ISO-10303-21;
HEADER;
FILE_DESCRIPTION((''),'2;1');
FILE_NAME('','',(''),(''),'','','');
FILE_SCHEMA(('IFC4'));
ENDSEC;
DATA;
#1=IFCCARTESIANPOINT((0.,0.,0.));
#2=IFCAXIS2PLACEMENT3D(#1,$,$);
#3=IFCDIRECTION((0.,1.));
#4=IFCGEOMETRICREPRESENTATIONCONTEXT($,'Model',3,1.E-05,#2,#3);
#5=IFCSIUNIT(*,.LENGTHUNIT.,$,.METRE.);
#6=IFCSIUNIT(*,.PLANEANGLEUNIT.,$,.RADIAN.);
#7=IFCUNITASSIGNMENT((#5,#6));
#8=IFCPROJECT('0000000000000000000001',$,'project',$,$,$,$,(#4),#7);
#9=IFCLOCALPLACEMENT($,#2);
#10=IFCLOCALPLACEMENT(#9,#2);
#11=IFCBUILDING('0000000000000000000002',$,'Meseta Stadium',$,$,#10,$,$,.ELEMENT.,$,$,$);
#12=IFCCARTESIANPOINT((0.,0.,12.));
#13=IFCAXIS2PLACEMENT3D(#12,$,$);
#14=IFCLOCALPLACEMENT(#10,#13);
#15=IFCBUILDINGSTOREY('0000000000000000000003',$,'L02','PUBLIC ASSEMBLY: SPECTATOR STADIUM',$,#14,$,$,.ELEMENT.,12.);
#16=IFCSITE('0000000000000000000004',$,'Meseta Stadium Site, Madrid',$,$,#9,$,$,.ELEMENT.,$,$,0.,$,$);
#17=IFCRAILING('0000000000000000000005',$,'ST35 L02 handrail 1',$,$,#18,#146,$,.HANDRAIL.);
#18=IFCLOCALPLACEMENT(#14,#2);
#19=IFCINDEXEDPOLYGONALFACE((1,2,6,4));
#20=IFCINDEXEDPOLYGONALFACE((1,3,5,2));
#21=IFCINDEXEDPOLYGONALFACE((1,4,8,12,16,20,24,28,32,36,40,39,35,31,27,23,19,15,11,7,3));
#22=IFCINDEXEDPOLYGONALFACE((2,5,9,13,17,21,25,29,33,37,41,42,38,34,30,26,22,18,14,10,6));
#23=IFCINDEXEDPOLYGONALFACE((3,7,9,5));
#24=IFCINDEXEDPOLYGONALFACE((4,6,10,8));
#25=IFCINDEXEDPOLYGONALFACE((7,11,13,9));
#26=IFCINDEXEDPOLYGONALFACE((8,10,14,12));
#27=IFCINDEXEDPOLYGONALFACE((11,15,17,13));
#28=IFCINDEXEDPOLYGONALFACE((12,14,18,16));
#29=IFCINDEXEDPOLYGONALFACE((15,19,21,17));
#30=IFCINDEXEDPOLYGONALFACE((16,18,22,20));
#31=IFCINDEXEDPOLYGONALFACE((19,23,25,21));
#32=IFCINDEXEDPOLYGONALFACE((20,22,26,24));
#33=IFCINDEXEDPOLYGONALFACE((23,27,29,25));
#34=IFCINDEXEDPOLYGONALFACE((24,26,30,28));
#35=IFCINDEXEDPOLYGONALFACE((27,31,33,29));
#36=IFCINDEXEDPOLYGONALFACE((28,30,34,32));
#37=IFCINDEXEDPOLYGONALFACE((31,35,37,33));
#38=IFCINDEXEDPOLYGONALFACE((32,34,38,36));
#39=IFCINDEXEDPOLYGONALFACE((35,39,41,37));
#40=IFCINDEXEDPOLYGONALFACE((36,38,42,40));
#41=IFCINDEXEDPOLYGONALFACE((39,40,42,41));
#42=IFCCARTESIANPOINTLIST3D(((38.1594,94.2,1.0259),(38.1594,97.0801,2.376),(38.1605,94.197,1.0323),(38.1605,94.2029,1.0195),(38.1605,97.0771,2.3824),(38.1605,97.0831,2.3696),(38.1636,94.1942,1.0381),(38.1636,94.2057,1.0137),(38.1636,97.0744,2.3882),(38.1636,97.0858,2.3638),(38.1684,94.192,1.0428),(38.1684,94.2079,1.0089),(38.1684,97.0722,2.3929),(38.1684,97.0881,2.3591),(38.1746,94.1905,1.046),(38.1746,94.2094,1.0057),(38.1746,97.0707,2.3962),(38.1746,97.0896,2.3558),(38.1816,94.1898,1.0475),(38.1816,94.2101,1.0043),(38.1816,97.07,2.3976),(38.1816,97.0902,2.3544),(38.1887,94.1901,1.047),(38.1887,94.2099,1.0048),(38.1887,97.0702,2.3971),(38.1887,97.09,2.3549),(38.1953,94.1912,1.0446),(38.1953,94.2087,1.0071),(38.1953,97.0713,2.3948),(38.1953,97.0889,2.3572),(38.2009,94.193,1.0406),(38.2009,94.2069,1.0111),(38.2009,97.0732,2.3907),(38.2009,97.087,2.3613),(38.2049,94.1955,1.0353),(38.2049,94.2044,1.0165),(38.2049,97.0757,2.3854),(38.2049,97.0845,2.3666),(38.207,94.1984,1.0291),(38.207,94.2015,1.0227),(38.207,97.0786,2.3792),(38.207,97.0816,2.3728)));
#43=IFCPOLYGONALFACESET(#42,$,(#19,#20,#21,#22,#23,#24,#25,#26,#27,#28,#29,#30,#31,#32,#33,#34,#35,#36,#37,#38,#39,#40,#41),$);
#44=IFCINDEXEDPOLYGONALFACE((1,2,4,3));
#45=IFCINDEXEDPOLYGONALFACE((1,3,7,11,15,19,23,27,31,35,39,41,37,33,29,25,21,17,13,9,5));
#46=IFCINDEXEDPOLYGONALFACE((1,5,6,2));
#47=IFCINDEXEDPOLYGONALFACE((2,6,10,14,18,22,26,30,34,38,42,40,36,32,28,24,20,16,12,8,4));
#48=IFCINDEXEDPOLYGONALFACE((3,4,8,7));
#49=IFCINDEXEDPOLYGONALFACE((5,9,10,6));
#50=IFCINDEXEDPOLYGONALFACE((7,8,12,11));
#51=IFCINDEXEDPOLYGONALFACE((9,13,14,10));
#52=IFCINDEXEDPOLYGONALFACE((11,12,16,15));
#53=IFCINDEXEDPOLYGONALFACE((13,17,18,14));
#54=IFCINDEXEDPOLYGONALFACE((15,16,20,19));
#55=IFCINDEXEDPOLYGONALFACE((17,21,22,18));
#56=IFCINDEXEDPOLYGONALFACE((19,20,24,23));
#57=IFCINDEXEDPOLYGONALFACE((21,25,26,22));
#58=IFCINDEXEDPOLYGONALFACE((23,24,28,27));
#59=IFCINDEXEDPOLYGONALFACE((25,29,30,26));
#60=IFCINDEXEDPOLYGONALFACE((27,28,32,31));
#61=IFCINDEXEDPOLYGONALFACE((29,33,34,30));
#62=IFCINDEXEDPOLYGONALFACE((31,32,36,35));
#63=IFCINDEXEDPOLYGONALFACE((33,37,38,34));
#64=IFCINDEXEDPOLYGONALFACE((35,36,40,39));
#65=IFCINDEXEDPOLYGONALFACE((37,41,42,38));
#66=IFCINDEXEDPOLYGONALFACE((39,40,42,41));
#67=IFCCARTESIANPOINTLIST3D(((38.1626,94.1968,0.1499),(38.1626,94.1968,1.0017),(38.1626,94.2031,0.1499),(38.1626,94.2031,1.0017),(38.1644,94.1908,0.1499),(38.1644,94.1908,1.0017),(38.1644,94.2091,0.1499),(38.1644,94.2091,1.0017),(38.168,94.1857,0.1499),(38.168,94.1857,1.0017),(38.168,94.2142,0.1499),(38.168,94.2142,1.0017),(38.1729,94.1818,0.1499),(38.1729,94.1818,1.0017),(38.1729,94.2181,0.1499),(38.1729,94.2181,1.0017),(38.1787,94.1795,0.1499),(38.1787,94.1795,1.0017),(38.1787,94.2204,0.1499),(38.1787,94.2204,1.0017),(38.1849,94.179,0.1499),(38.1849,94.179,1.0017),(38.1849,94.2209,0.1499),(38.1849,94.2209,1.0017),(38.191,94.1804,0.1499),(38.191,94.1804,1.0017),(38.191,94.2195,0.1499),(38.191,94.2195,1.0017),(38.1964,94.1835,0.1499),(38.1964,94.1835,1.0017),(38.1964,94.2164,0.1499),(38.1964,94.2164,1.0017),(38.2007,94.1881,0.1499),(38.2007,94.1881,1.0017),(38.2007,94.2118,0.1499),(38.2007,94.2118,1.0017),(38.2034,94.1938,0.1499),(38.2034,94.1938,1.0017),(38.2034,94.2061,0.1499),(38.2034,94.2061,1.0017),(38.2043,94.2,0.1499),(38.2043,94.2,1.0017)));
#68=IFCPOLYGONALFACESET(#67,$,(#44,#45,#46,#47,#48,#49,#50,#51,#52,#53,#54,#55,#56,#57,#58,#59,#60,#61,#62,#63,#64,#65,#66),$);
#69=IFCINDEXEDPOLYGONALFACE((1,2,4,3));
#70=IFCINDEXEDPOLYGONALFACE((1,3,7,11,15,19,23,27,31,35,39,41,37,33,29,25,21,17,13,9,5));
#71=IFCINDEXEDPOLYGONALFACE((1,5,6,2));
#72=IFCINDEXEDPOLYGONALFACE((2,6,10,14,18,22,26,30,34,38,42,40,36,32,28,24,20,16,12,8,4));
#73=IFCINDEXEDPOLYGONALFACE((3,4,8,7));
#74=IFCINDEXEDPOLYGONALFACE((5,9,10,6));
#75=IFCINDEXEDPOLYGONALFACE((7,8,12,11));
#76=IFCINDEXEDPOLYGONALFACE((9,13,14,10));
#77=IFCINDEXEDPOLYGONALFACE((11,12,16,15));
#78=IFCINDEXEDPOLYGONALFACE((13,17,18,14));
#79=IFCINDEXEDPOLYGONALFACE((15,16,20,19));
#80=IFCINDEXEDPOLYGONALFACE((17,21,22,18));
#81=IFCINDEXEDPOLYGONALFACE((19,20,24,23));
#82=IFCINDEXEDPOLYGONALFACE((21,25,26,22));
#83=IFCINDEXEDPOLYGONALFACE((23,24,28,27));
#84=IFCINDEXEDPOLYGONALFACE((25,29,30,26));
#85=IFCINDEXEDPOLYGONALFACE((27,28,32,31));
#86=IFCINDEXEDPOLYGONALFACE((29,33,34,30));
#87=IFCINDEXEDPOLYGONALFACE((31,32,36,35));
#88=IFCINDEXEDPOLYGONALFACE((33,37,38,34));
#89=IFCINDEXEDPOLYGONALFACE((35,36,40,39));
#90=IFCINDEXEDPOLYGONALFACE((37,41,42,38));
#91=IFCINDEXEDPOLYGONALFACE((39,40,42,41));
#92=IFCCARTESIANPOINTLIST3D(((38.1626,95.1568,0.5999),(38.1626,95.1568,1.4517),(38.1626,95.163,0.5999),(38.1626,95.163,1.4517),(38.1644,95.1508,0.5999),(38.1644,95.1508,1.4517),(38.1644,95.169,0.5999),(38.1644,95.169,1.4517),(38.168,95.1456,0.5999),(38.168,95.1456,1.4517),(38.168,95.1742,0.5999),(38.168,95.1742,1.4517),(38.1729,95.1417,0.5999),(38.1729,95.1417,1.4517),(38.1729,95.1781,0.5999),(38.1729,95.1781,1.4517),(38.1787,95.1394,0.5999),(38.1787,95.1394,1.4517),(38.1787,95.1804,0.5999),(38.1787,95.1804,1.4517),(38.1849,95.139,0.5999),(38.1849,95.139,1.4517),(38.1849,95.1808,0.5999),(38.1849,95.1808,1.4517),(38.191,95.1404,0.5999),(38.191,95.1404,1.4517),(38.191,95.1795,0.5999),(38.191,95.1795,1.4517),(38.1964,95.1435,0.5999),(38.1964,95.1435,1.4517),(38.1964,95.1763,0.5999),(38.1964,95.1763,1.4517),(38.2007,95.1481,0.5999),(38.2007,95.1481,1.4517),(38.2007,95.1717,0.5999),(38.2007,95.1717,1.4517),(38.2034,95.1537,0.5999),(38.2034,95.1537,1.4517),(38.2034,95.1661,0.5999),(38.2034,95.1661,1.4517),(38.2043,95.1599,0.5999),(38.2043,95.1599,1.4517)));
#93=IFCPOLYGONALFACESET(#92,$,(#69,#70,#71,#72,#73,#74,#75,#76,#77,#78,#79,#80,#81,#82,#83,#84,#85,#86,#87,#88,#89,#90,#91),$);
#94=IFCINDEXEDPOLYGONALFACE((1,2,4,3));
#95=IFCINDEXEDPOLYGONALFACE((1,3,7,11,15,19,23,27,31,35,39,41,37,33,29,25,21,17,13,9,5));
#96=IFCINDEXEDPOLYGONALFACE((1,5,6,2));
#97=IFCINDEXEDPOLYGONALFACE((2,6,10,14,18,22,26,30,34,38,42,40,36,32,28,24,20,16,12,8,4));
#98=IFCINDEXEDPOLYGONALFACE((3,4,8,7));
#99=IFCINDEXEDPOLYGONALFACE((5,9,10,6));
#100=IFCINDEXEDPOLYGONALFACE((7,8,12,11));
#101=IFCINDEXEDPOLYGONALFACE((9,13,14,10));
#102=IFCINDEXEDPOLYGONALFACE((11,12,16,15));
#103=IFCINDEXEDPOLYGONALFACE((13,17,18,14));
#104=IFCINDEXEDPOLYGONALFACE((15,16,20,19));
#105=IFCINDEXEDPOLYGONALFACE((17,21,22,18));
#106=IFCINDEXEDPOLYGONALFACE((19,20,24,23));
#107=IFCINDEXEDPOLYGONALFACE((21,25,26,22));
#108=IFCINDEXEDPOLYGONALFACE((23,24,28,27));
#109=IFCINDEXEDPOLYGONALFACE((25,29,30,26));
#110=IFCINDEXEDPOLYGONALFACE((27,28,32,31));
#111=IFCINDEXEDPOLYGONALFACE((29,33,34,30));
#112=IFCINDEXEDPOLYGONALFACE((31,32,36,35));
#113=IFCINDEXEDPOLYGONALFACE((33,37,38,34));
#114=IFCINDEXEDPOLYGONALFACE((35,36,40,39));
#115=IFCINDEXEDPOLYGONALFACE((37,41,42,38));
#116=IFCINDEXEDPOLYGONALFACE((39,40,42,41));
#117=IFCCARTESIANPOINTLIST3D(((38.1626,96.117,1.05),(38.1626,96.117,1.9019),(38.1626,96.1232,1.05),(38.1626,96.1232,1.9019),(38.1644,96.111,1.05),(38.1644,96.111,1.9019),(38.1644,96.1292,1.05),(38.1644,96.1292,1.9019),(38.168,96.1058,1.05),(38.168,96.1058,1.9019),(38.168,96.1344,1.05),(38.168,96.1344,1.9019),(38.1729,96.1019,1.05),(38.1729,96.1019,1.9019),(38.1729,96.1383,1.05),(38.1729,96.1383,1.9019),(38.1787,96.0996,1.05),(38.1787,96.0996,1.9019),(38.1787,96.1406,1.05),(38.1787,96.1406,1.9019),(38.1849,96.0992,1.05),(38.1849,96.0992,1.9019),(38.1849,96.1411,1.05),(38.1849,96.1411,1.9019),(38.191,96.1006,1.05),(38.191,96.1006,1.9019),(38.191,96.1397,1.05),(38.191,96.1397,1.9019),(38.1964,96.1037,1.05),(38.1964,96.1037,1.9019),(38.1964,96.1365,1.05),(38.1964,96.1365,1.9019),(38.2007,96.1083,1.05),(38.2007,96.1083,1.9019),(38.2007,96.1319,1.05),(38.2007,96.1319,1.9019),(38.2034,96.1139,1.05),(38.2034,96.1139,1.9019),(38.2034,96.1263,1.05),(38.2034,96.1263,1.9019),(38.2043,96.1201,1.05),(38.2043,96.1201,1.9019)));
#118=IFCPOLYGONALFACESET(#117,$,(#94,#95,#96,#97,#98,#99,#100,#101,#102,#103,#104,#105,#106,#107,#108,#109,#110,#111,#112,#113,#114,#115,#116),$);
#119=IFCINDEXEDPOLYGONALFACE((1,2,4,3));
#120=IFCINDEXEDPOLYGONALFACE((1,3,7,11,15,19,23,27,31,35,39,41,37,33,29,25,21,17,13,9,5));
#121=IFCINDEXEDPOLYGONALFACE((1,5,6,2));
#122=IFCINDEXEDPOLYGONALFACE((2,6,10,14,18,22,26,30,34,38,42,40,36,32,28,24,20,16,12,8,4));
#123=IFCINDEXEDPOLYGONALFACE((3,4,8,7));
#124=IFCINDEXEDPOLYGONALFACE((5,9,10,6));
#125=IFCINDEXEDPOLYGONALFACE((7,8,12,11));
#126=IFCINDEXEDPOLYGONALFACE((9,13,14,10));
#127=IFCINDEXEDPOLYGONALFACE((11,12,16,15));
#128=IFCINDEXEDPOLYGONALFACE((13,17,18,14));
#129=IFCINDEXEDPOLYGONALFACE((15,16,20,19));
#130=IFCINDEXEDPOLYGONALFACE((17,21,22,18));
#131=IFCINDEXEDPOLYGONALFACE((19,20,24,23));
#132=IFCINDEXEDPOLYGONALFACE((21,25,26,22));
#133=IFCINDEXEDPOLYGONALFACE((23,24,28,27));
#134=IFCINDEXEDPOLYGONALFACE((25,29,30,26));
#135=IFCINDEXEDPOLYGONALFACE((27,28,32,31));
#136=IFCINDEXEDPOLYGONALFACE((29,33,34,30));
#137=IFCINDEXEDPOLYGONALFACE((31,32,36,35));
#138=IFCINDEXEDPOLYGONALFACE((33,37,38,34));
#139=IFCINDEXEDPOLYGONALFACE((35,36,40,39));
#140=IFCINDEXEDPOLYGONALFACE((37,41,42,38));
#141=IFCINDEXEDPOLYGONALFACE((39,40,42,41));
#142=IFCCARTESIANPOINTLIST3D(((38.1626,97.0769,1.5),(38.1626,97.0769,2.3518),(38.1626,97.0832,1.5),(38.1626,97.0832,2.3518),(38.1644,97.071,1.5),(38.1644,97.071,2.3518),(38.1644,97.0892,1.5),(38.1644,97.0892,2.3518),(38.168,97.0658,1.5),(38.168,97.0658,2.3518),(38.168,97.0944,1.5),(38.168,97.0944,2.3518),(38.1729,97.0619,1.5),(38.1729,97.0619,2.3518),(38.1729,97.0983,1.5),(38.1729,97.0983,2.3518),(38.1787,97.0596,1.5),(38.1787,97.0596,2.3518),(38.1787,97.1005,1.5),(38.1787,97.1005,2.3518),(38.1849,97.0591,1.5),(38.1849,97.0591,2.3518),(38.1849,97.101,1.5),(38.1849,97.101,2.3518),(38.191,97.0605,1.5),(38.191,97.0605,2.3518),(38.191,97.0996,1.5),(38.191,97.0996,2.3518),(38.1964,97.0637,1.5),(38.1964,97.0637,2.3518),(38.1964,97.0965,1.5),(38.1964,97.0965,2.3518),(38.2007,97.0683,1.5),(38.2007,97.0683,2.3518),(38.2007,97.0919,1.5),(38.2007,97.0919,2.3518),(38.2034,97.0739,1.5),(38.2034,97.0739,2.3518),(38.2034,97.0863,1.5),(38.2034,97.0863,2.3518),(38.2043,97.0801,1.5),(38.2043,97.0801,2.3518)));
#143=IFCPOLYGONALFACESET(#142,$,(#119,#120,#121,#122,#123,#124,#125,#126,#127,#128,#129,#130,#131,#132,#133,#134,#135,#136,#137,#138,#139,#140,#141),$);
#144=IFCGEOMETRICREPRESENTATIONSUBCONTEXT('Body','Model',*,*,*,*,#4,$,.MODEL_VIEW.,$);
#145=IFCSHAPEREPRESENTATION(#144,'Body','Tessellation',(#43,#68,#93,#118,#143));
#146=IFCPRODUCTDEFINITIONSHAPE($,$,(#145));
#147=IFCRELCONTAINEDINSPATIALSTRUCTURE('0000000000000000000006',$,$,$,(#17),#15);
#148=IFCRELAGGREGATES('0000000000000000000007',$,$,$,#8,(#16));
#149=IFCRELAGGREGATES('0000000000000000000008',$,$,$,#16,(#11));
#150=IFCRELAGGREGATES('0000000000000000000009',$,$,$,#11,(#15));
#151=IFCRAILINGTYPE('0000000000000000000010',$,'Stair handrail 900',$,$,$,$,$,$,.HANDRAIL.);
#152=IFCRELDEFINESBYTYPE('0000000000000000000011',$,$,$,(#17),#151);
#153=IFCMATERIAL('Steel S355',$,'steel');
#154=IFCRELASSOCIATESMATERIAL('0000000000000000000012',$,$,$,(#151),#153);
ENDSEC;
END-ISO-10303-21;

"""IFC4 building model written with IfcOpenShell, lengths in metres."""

from ifc_helpers import new_model, si_unit, direction, frame, origin, origin_2d, place, context, subcontext, project, spatial, circle, extrude, material, type_object, element, save


model = new_model("IFC4")

# Units and contexts
model_context = context("Model", 3, precision=1e-05, world=origin(), true_north=direction((0.0, 1.0)))
body_context = subcontext(model_context, "Body", "Model", "MODEL_VIEW")
ifc_project = project(units=[si_unit("LENGTHUNIT", "METRE"), si_unit("PLANEANGLEUNIT", "RADIAN")], contexts=[model_context])

# Site, building, storey
site_placement = place(None, origin())
site = spatial("IfcSite", under=ifc_project, at=site_placement, Name="Meseta Stadium Site, Madrid", CompositionType="ELEMENT", RefElevation=0.0)
building_placement = place(site_placement, origin())
building = spatial("IfcBuilding", under=site, at=building_placement, Name="Meseta Stadium", CompositionType="ELEMENT")
storey_placement = place(building_placement, frame((0.0, 0.0, 12.0)))
storey = spatial("IfcBuildingStorey", under=building, at=storey_placement, Name="L02", Description="PUBLIC ASSEMBLY: SPECTATOR STADIUM", CompositionType="ELEMENT", Elevation=12.0)

# Railing
ifc_material_1 = material(Name="Steel S355", Category="steel")
railing_type_1 = type_object("IfcRailingType", Name="Stair handrail 900", PredefinedType="HANDRAIL", material=ifc_material_1)
railing_1_placement = place(storey_placement, frame((38.1833, 94.2, 0.1499)))
element("IfcRailing", 1, at=railing_1_placement, inside=storey, type_object=railing_type_1, Name="ST35 L02 handrail 1", PredefinedType="HANDRAIL", context=body_context, shape_type="SweptSolid", body=[
    extrude(circle(Radius=0.0239, at=origin_2d()), frame((0.0, 0.0, 0.876), z_axis=(0.0, 0.905454, 0.424444), x_axis=(-1.0, 0.0, 0.0)), (0.0, 0.0, 1.0), 3.1809),
    extrude(circle(Radius=0.021, at=origin_2d()), origin(), (0.0, 0.0, 1.0), 0.8518),
    extrude(circle(Radius=0.021, at=origin_2d()), frame((0.0, 0.96, 0.45)), (0.0, 0.0, 1.0), 0.8518),
    extrude(circle(Radius=0.021, at=origin_2d()), frame((0.0, 1.9202, 0.9001)), (0.0, 0.0, 1.0), 0.8518),
    extrude(circle(Radius=0.021, at=origin_2d()), frame((0.0, 2.8801, 1.3501)), (0.0, 0.0, 1.0), 0.8518),
])

save(model, "model.ifc")
